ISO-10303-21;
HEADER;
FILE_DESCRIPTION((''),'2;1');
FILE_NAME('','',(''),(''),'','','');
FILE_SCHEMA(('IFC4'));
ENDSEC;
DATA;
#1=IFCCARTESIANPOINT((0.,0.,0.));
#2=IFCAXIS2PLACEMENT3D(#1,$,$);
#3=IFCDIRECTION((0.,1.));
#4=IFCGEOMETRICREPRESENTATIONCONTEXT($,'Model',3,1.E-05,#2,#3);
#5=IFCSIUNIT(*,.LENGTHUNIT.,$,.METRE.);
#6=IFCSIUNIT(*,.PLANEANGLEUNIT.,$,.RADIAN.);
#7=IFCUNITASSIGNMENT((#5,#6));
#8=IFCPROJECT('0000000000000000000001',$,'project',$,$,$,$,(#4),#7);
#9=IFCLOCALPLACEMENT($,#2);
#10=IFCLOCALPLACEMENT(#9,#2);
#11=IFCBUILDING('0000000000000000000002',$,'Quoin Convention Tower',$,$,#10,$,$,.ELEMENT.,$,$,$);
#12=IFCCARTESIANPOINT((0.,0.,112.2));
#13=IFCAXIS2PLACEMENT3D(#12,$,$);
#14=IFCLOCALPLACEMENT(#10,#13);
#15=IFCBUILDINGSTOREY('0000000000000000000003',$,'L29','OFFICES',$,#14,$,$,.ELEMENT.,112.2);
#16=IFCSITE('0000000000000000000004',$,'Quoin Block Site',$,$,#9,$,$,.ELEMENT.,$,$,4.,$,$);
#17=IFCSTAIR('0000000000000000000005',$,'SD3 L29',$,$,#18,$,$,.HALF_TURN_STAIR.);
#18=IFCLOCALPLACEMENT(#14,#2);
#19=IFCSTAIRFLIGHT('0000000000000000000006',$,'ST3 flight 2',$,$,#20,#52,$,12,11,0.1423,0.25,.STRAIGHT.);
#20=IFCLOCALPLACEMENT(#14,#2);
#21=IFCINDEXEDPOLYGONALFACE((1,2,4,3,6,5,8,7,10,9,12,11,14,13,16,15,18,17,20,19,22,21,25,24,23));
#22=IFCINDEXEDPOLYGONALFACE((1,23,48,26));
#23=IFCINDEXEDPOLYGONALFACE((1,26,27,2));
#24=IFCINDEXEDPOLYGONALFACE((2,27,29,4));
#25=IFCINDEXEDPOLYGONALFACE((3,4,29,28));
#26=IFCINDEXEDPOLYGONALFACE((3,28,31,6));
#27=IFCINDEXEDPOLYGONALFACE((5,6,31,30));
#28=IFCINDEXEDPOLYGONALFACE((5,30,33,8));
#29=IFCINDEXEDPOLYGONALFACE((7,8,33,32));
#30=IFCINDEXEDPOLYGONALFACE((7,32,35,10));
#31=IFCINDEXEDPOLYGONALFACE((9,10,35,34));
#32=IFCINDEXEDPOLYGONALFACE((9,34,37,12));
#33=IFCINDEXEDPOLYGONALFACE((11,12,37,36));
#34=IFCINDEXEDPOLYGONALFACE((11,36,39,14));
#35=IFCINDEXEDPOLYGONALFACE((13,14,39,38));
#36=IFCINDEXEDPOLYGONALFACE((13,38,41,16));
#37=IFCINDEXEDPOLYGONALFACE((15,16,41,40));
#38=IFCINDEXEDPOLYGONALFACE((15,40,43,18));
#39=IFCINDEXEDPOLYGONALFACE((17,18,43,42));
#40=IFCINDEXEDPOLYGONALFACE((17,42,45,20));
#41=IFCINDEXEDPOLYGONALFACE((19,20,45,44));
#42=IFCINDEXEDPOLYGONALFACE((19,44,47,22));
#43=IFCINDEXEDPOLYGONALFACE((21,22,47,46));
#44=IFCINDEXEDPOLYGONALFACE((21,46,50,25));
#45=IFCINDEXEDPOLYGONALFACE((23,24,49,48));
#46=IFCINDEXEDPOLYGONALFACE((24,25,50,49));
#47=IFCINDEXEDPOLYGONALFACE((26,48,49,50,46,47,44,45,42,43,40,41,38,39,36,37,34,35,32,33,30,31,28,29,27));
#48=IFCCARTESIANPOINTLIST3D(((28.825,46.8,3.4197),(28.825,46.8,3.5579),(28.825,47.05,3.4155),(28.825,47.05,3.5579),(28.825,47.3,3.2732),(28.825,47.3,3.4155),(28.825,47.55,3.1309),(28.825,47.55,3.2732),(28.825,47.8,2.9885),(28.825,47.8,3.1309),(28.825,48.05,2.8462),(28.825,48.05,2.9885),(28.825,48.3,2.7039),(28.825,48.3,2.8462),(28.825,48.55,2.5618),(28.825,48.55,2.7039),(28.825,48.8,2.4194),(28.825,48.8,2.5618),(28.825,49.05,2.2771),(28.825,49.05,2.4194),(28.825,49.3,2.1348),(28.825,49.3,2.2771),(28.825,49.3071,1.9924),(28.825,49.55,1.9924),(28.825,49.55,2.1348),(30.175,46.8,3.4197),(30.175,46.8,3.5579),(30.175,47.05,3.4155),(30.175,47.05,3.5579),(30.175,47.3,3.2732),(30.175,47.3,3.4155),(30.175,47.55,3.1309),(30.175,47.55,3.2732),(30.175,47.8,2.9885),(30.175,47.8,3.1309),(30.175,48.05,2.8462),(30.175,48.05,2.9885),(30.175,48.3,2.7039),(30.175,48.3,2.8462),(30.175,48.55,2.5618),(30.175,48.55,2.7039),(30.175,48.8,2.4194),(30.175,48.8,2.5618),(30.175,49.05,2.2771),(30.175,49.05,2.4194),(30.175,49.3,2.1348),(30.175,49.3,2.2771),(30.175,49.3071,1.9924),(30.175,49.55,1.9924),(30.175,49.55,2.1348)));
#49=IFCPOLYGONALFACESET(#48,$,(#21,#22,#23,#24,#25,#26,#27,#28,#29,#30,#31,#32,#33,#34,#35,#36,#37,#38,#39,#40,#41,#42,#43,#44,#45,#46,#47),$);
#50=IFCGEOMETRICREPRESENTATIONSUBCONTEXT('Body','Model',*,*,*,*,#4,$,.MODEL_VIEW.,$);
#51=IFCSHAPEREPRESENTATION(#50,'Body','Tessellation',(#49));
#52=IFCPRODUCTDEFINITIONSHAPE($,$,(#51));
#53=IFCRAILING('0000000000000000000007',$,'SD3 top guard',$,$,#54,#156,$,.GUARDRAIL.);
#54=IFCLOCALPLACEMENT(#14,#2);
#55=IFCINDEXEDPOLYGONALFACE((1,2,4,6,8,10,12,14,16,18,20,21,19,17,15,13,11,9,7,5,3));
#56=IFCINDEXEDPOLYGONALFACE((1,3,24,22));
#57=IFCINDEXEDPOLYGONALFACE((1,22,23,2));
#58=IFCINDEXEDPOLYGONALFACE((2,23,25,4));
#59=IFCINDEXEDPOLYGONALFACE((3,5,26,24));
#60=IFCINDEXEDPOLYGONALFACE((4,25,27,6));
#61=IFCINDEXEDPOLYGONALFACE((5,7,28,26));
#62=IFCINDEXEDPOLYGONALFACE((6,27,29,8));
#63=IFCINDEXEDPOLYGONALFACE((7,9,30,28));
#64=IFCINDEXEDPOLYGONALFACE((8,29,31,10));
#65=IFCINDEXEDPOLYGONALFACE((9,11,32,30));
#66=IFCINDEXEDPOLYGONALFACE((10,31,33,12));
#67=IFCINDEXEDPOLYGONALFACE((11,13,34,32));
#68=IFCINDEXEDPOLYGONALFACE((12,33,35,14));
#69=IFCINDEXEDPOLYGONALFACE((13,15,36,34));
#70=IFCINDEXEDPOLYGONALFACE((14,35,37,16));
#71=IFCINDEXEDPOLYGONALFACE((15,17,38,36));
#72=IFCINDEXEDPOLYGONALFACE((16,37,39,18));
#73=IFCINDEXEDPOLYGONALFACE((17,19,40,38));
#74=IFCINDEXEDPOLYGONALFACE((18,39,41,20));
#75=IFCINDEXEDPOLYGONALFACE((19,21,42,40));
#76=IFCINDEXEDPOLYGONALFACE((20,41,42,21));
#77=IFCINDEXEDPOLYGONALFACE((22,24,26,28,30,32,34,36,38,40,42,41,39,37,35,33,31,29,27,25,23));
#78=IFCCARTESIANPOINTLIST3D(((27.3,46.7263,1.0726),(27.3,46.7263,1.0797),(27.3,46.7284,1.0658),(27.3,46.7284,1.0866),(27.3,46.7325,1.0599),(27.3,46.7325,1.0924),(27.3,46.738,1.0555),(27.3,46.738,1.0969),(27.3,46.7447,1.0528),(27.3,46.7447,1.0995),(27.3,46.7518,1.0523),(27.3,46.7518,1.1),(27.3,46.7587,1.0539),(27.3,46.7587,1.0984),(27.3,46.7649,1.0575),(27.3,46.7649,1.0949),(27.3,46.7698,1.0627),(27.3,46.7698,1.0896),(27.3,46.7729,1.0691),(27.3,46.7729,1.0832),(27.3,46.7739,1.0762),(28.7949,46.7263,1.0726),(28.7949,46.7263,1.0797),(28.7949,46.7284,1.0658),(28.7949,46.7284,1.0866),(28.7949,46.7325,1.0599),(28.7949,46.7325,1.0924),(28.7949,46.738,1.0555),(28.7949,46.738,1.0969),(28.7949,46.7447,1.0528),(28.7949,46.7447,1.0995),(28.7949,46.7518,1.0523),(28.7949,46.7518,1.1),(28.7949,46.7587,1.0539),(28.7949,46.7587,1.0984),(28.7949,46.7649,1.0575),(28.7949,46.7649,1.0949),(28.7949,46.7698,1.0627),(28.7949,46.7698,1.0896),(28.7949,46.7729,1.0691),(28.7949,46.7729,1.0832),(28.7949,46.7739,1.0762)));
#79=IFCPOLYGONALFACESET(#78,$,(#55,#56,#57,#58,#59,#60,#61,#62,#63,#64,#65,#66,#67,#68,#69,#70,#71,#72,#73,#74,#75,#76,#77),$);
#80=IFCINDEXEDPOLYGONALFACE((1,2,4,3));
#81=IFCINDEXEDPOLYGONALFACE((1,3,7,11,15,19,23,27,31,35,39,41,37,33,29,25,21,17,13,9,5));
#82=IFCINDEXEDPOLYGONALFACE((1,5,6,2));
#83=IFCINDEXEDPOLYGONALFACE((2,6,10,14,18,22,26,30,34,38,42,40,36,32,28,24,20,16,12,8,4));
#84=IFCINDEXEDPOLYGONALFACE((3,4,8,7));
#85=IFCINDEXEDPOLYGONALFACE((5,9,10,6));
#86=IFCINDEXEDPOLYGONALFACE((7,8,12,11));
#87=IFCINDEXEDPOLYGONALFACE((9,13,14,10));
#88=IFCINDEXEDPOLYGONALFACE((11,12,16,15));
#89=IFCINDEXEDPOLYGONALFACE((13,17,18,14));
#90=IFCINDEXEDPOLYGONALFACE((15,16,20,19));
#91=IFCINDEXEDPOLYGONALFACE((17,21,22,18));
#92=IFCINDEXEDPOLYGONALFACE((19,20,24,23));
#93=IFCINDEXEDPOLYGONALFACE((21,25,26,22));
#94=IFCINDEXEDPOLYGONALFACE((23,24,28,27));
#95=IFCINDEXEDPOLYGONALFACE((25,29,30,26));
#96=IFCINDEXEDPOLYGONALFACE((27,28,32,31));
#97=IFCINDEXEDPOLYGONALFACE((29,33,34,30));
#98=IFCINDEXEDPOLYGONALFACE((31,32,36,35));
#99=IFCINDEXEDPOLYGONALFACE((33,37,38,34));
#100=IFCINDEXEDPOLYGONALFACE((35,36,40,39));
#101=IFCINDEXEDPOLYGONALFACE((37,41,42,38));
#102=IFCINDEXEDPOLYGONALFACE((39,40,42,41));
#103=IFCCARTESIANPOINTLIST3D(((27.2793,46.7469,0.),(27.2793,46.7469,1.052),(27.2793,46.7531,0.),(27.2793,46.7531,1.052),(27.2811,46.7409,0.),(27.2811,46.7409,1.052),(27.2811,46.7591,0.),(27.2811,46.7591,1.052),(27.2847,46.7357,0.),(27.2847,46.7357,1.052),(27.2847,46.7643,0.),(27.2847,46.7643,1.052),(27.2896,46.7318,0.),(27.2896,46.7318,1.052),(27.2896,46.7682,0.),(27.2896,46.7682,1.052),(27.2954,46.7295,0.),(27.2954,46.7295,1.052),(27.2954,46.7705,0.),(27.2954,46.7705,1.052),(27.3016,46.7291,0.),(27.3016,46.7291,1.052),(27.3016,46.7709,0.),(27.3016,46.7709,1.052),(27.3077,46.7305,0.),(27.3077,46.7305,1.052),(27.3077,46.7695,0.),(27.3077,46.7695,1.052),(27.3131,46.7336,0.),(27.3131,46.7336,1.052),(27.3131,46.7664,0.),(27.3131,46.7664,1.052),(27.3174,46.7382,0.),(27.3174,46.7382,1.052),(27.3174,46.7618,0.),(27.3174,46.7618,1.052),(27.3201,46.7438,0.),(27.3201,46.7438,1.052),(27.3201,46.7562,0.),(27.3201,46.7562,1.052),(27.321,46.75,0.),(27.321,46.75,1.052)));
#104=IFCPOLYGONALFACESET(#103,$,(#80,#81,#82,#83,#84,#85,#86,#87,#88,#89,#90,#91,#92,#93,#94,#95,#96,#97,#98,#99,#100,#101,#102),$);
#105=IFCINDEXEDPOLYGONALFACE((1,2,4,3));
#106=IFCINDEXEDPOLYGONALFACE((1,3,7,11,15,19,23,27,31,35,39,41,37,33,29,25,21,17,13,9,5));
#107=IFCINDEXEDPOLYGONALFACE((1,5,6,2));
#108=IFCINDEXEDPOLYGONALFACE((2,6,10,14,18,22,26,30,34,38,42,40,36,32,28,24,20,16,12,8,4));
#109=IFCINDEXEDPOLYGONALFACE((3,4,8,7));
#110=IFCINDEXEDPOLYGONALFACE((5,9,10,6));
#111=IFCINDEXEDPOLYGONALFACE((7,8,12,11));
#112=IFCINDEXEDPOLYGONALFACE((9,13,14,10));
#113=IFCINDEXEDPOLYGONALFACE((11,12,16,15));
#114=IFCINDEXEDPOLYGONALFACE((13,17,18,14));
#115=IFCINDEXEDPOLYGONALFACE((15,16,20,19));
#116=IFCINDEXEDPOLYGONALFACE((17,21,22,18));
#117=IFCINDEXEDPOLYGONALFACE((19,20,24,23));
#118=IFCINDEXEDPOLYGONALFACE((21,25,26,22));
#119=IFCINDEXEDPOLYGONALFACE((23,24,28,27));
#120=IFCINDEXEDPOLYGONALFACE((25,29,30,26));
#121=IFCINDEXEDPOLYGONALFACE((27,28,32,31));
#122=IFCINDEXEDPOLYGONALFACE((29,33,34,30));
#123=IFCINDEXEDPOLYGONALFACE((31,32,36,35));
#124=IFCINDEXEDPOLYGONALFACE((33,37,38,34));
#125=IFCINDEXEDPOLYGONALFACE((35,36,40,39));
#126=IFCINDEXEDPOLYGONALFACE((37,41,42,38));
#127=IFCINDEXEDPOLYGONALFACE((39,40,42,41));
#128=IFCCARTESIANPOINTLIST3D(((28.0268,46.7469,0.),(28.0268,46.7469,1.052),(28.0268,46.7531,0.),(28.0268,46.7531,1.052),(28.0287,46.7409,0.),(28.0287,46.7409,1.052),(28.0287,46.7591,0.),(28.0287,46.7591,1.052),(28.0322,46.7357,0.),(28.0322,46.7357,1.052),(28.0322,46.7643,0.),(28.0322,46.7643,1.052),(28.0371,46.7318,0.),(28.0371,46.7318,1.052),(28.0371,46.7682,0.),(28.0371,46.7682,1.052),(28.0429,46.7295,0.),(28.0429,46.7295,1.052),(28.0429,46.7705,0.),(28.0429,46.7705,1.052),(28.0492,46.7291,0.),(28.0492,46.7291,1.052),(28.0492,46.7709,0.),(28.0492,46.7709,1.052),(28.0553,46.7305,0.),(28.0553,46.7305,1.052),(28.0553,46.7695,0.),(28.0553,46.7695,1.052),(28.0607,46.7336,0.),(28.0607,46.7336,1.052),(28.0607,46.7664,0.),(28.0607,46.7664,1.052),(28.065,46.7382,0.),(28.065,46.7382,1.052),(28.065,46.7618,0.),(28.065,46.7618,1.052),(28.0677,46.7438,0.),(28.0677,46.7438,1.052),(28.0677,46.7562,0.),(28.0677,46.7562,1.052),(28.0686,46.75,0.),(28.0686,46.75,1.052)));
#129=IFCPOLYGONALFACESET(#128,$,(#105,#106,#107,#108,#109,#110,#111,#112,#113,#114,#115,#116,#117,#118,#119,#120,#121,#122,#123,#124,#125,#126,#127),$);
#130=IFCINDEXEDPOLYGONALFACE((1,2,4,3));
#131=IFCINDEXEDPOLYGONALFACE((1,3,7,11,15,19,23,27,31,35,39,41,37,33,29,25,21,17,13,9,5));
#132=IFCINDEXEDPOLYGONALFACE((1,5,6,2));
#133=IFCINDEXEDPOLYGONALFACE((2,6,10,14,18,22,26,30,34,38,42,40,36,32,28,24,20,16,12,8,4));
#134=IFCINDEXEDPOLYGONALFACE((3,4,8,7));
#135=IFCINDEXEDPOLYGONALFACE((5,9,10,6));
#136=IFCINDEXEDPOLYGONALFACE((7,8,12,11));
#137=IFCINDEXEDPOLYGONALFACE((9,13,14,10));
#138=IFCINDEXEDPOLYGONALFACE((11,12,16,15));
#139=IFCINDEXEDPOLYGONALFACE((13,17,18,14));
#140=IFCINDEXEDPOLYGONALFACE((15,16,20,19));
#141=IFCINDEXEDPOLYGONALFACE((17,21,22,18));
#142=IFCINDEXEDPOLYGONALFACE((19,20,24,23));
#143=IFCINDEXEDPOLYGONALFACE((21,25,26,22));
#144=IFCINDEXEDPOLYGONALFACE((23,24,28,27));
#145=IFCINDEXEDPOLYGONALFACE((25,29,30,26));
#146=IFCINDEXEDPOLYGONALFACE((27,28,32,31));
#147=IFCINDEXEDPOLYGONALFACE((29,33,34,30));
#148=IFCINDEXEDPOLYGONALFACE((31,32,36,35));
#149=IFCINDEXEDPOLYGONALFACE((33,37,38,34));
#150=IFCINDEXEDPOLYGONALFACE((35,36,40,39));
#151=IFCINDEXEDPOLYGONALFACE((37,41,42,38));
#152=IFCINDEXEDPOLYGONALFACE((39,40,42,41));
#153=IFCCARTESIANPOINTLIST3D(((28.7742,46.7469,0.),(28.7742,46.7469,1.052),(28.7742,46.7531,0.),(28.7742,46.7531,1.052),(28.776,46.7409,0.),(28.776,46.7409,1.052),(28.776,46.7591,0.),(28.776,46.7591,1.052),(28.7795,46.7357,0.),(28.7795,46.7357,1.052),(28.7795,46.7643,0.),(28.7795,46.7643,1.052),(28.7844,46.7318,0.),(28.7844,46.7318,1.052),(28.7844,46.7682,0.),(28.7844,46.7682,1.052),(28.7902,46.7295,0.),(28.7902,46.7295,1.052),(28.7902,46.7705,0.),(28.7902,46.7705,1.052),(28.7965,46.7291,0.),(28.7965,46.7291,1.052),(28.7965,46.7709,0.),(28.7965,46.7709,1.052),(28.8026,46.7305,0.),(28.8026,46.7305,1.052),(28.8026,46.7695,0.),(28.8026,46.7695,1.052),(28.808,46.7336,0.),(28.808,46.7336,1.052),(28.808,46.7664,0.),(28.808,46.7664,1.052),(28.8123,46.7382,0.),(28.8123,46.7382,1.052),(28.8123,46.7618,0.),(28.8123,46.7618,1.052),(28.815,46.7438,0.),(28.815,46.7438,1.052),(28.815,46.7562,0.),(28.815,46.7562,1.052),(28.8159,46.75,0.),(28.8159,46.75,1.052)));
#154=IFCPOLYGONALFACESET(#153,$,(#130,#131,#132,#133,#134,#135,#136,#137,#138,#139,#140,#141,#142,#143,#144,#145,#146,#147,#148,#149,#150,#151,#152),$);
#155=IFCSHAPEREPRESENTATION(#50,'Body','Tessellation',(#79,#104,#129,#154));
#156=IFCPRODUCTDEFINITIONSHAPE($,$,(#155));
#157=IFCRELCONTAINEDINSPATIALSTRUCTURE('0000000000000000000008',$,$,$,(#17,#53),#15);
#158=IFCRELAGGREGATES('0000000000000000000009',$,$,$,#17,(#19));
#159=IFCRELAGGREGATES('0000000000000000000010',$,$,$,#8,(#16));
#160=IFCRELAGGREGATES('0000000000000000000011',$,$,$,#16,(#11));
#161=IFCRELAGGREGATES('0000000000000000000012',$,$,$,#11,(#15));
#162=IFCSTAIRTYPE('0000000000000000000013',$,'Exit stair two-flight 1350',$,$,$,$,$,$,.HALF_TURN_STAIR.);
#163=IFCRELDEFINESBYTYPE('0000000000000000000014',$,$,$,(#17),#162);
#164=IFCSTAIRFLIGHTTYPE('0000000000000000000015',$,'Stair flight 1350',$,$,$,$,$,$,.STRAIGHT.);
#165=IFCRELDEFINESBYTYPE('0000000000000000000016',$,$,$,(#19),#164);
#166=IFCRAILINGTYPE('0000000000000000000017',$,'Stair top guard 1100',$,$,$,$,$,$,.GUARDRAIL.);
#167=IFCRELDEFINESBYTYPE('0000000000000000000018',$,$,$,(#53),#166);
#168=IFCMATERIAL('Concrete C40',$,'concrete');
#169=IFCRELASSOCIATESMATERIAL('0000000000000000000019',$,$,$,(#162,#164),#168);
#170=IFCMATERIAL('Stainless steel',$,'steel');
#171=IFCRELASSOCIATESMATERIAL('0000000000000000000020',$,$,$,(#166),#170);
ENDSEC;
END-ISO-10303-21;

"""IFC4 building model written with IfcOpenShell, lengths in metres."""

from ifc_helpers import new_model, si_unit, direction, frame, origin, origin_2d, place, context, subcontext, project, spatial, polyline, circle, outline, extrude, material, type_object, element, aggregate, save


model = new_model("IFC4")

# Units and contexts
model_context = context("Model", 3, precision=1e-05, world=origin(), true_north=direction((0.0, 1.0)))
body_context = subcontext(model_context, "Body", "Model", "MODEL_VIEW")
ifc_project = project(units=[si_unit("LENGTHUNIT", "METRE"), si_unit("PLANEANGLEUNIT", "RADIAN")], contexts=[model_context])

# Site, building, storey
site_placement = place(None, origin())
site = spatial("IfcSite", under=ifc_project, at=site_placement, Name="Quoin Block Site", CompositionType="ELEMENT", RefElevation=4.0)
building_placement = place(site_placement, origin())
building = spatial("IfcBuilding", under=site, at=building_placement, Name="Quoin Convention Tower", CompositionType="ELEMENT")
storey_placement = place(building_placement, frame((0.0, 0.0, 112.2)))
storey = spatial("IfcBuildingStorey", under=building, at=storey_placement, Name="L29", Description="OFFICES", CompositionType="ELEMENT", Elevation=112.2)

# Stair, stair flight
ifc_material_1 = material(Name="Concrete C40", Category="concrete")
stair_type = type_object("IfcStairType", Name="Exit stair two-flight 1350", PredefinedType="HALF_TURN_STAIR", material=ifc_material_1)
stair_placement = place(storey_placement, origin())
stair = element("IfcStair", 1, at=stair_placement, inside=storey, type_object=stair_type, Name="SD3 L29", PredefinedType="HALF_TURN_STAIR")
stair_flight_type = type_object("IfcStairFlightType", Name="Stair flight 1350", PredefinedType="STRAIGHT", material=ifc_material_1)
stair_flight_1_placement = place(storey_placement, frame((29.5, 49.55, 1.9924), z_axis=(0.0, 0.0, 1.0), x_axis=(0.0, -1.0, 0.0)))
stair_flight_1 = element("IfcStairFlight", 2, at=stair_flight_1_placement, type_object=stair_flight_type, Name="ST3 flight 2", NumberOfRisers=12, NumberOfTreads=11, PredefinedType="STRAIGHT", RiserHeight=0.1423, TreadLength=0.25, context=body_context, shape_type="SweptSolid", body=[
    extrude(outline(polyline([(0.0, 0.0), (0.0, 0.1423), (0.25, 0.1423), (0.25, 0.2847), (0.5, 0.2847), (0.5, 0.427), (0.75, 0.427), (0.75, 0.5693), (1.0, 0.5693), (1.0, 0.7114), (1.25, 0.7114), (1.25, 0.8538), (1.5, 0.8538), (1.5, 0.9961), (1.75, 0.9961), (1.75, 1.1384), (2.0, 1.1384), (2.0, 1.2808), (2.25, 1.2808), (2.25, 1.4231), (2.5, 1.4231), (2.5, 1.5654), (2.75, 1.5654), (2.75, 1.7078), (2.75, 1.4272), (0.2429, 0.0), (0.0, 0.0)])), frame((0.0, 0.675, 0.0), z_axis=(0.0, -1.0, 0.0), x_axis=(1.0, 0.0, 0.0)), (0.0, 0.0, 1.0), 1.3501),
])
aggregate(stair, [stair_flight_1])

# Railing
ifc_material_2 = material(Name="Stainless steel", Category="steel")
railing_type_1 = type_object("IfcRailingType", Name="Stair top guard 1100", PredefinedType="GUARDRAIL", material=ifc_material_2)
railing_1_placement = place(storey_placement, frame((27.3, 46.75, 0.0)))
element("IfcRailing", 3, at=railing_1_placement, inside=storey, type_object=railing_type_1, Name="SD3 top guard", PredefinedType="GUARDRAIL", context=body_context, shape_type="SweptSolid", body=[
    extrude(circle(Radius=0.0239, at=origin_2d()), frame((0.0, 0.0, 1.0762), z_axis=(1.0, 0.0, 0.0), x_axis=(0.0, 1.0, 0.0)), (0.0, 0.0, 1.0), 1.4949),
    extrude(circle(Radius=0.021, at=origin_2d()), origin(), (0.0, 0.0, 1.0), 1.052),
    extrude(circle(Radius=0.021, at=origin_2d()), frame((0.7476, 0.0, 0.0)), (0.0, 0.0, 1.0), 1.052),
    extrude(circle(Radius=0.021, at=origin_2d()), frame((1.4949, 0.0, 0.0)), (0.0, 0.0, 1.0), 1.052),
])

save(model, "model.ifc")
